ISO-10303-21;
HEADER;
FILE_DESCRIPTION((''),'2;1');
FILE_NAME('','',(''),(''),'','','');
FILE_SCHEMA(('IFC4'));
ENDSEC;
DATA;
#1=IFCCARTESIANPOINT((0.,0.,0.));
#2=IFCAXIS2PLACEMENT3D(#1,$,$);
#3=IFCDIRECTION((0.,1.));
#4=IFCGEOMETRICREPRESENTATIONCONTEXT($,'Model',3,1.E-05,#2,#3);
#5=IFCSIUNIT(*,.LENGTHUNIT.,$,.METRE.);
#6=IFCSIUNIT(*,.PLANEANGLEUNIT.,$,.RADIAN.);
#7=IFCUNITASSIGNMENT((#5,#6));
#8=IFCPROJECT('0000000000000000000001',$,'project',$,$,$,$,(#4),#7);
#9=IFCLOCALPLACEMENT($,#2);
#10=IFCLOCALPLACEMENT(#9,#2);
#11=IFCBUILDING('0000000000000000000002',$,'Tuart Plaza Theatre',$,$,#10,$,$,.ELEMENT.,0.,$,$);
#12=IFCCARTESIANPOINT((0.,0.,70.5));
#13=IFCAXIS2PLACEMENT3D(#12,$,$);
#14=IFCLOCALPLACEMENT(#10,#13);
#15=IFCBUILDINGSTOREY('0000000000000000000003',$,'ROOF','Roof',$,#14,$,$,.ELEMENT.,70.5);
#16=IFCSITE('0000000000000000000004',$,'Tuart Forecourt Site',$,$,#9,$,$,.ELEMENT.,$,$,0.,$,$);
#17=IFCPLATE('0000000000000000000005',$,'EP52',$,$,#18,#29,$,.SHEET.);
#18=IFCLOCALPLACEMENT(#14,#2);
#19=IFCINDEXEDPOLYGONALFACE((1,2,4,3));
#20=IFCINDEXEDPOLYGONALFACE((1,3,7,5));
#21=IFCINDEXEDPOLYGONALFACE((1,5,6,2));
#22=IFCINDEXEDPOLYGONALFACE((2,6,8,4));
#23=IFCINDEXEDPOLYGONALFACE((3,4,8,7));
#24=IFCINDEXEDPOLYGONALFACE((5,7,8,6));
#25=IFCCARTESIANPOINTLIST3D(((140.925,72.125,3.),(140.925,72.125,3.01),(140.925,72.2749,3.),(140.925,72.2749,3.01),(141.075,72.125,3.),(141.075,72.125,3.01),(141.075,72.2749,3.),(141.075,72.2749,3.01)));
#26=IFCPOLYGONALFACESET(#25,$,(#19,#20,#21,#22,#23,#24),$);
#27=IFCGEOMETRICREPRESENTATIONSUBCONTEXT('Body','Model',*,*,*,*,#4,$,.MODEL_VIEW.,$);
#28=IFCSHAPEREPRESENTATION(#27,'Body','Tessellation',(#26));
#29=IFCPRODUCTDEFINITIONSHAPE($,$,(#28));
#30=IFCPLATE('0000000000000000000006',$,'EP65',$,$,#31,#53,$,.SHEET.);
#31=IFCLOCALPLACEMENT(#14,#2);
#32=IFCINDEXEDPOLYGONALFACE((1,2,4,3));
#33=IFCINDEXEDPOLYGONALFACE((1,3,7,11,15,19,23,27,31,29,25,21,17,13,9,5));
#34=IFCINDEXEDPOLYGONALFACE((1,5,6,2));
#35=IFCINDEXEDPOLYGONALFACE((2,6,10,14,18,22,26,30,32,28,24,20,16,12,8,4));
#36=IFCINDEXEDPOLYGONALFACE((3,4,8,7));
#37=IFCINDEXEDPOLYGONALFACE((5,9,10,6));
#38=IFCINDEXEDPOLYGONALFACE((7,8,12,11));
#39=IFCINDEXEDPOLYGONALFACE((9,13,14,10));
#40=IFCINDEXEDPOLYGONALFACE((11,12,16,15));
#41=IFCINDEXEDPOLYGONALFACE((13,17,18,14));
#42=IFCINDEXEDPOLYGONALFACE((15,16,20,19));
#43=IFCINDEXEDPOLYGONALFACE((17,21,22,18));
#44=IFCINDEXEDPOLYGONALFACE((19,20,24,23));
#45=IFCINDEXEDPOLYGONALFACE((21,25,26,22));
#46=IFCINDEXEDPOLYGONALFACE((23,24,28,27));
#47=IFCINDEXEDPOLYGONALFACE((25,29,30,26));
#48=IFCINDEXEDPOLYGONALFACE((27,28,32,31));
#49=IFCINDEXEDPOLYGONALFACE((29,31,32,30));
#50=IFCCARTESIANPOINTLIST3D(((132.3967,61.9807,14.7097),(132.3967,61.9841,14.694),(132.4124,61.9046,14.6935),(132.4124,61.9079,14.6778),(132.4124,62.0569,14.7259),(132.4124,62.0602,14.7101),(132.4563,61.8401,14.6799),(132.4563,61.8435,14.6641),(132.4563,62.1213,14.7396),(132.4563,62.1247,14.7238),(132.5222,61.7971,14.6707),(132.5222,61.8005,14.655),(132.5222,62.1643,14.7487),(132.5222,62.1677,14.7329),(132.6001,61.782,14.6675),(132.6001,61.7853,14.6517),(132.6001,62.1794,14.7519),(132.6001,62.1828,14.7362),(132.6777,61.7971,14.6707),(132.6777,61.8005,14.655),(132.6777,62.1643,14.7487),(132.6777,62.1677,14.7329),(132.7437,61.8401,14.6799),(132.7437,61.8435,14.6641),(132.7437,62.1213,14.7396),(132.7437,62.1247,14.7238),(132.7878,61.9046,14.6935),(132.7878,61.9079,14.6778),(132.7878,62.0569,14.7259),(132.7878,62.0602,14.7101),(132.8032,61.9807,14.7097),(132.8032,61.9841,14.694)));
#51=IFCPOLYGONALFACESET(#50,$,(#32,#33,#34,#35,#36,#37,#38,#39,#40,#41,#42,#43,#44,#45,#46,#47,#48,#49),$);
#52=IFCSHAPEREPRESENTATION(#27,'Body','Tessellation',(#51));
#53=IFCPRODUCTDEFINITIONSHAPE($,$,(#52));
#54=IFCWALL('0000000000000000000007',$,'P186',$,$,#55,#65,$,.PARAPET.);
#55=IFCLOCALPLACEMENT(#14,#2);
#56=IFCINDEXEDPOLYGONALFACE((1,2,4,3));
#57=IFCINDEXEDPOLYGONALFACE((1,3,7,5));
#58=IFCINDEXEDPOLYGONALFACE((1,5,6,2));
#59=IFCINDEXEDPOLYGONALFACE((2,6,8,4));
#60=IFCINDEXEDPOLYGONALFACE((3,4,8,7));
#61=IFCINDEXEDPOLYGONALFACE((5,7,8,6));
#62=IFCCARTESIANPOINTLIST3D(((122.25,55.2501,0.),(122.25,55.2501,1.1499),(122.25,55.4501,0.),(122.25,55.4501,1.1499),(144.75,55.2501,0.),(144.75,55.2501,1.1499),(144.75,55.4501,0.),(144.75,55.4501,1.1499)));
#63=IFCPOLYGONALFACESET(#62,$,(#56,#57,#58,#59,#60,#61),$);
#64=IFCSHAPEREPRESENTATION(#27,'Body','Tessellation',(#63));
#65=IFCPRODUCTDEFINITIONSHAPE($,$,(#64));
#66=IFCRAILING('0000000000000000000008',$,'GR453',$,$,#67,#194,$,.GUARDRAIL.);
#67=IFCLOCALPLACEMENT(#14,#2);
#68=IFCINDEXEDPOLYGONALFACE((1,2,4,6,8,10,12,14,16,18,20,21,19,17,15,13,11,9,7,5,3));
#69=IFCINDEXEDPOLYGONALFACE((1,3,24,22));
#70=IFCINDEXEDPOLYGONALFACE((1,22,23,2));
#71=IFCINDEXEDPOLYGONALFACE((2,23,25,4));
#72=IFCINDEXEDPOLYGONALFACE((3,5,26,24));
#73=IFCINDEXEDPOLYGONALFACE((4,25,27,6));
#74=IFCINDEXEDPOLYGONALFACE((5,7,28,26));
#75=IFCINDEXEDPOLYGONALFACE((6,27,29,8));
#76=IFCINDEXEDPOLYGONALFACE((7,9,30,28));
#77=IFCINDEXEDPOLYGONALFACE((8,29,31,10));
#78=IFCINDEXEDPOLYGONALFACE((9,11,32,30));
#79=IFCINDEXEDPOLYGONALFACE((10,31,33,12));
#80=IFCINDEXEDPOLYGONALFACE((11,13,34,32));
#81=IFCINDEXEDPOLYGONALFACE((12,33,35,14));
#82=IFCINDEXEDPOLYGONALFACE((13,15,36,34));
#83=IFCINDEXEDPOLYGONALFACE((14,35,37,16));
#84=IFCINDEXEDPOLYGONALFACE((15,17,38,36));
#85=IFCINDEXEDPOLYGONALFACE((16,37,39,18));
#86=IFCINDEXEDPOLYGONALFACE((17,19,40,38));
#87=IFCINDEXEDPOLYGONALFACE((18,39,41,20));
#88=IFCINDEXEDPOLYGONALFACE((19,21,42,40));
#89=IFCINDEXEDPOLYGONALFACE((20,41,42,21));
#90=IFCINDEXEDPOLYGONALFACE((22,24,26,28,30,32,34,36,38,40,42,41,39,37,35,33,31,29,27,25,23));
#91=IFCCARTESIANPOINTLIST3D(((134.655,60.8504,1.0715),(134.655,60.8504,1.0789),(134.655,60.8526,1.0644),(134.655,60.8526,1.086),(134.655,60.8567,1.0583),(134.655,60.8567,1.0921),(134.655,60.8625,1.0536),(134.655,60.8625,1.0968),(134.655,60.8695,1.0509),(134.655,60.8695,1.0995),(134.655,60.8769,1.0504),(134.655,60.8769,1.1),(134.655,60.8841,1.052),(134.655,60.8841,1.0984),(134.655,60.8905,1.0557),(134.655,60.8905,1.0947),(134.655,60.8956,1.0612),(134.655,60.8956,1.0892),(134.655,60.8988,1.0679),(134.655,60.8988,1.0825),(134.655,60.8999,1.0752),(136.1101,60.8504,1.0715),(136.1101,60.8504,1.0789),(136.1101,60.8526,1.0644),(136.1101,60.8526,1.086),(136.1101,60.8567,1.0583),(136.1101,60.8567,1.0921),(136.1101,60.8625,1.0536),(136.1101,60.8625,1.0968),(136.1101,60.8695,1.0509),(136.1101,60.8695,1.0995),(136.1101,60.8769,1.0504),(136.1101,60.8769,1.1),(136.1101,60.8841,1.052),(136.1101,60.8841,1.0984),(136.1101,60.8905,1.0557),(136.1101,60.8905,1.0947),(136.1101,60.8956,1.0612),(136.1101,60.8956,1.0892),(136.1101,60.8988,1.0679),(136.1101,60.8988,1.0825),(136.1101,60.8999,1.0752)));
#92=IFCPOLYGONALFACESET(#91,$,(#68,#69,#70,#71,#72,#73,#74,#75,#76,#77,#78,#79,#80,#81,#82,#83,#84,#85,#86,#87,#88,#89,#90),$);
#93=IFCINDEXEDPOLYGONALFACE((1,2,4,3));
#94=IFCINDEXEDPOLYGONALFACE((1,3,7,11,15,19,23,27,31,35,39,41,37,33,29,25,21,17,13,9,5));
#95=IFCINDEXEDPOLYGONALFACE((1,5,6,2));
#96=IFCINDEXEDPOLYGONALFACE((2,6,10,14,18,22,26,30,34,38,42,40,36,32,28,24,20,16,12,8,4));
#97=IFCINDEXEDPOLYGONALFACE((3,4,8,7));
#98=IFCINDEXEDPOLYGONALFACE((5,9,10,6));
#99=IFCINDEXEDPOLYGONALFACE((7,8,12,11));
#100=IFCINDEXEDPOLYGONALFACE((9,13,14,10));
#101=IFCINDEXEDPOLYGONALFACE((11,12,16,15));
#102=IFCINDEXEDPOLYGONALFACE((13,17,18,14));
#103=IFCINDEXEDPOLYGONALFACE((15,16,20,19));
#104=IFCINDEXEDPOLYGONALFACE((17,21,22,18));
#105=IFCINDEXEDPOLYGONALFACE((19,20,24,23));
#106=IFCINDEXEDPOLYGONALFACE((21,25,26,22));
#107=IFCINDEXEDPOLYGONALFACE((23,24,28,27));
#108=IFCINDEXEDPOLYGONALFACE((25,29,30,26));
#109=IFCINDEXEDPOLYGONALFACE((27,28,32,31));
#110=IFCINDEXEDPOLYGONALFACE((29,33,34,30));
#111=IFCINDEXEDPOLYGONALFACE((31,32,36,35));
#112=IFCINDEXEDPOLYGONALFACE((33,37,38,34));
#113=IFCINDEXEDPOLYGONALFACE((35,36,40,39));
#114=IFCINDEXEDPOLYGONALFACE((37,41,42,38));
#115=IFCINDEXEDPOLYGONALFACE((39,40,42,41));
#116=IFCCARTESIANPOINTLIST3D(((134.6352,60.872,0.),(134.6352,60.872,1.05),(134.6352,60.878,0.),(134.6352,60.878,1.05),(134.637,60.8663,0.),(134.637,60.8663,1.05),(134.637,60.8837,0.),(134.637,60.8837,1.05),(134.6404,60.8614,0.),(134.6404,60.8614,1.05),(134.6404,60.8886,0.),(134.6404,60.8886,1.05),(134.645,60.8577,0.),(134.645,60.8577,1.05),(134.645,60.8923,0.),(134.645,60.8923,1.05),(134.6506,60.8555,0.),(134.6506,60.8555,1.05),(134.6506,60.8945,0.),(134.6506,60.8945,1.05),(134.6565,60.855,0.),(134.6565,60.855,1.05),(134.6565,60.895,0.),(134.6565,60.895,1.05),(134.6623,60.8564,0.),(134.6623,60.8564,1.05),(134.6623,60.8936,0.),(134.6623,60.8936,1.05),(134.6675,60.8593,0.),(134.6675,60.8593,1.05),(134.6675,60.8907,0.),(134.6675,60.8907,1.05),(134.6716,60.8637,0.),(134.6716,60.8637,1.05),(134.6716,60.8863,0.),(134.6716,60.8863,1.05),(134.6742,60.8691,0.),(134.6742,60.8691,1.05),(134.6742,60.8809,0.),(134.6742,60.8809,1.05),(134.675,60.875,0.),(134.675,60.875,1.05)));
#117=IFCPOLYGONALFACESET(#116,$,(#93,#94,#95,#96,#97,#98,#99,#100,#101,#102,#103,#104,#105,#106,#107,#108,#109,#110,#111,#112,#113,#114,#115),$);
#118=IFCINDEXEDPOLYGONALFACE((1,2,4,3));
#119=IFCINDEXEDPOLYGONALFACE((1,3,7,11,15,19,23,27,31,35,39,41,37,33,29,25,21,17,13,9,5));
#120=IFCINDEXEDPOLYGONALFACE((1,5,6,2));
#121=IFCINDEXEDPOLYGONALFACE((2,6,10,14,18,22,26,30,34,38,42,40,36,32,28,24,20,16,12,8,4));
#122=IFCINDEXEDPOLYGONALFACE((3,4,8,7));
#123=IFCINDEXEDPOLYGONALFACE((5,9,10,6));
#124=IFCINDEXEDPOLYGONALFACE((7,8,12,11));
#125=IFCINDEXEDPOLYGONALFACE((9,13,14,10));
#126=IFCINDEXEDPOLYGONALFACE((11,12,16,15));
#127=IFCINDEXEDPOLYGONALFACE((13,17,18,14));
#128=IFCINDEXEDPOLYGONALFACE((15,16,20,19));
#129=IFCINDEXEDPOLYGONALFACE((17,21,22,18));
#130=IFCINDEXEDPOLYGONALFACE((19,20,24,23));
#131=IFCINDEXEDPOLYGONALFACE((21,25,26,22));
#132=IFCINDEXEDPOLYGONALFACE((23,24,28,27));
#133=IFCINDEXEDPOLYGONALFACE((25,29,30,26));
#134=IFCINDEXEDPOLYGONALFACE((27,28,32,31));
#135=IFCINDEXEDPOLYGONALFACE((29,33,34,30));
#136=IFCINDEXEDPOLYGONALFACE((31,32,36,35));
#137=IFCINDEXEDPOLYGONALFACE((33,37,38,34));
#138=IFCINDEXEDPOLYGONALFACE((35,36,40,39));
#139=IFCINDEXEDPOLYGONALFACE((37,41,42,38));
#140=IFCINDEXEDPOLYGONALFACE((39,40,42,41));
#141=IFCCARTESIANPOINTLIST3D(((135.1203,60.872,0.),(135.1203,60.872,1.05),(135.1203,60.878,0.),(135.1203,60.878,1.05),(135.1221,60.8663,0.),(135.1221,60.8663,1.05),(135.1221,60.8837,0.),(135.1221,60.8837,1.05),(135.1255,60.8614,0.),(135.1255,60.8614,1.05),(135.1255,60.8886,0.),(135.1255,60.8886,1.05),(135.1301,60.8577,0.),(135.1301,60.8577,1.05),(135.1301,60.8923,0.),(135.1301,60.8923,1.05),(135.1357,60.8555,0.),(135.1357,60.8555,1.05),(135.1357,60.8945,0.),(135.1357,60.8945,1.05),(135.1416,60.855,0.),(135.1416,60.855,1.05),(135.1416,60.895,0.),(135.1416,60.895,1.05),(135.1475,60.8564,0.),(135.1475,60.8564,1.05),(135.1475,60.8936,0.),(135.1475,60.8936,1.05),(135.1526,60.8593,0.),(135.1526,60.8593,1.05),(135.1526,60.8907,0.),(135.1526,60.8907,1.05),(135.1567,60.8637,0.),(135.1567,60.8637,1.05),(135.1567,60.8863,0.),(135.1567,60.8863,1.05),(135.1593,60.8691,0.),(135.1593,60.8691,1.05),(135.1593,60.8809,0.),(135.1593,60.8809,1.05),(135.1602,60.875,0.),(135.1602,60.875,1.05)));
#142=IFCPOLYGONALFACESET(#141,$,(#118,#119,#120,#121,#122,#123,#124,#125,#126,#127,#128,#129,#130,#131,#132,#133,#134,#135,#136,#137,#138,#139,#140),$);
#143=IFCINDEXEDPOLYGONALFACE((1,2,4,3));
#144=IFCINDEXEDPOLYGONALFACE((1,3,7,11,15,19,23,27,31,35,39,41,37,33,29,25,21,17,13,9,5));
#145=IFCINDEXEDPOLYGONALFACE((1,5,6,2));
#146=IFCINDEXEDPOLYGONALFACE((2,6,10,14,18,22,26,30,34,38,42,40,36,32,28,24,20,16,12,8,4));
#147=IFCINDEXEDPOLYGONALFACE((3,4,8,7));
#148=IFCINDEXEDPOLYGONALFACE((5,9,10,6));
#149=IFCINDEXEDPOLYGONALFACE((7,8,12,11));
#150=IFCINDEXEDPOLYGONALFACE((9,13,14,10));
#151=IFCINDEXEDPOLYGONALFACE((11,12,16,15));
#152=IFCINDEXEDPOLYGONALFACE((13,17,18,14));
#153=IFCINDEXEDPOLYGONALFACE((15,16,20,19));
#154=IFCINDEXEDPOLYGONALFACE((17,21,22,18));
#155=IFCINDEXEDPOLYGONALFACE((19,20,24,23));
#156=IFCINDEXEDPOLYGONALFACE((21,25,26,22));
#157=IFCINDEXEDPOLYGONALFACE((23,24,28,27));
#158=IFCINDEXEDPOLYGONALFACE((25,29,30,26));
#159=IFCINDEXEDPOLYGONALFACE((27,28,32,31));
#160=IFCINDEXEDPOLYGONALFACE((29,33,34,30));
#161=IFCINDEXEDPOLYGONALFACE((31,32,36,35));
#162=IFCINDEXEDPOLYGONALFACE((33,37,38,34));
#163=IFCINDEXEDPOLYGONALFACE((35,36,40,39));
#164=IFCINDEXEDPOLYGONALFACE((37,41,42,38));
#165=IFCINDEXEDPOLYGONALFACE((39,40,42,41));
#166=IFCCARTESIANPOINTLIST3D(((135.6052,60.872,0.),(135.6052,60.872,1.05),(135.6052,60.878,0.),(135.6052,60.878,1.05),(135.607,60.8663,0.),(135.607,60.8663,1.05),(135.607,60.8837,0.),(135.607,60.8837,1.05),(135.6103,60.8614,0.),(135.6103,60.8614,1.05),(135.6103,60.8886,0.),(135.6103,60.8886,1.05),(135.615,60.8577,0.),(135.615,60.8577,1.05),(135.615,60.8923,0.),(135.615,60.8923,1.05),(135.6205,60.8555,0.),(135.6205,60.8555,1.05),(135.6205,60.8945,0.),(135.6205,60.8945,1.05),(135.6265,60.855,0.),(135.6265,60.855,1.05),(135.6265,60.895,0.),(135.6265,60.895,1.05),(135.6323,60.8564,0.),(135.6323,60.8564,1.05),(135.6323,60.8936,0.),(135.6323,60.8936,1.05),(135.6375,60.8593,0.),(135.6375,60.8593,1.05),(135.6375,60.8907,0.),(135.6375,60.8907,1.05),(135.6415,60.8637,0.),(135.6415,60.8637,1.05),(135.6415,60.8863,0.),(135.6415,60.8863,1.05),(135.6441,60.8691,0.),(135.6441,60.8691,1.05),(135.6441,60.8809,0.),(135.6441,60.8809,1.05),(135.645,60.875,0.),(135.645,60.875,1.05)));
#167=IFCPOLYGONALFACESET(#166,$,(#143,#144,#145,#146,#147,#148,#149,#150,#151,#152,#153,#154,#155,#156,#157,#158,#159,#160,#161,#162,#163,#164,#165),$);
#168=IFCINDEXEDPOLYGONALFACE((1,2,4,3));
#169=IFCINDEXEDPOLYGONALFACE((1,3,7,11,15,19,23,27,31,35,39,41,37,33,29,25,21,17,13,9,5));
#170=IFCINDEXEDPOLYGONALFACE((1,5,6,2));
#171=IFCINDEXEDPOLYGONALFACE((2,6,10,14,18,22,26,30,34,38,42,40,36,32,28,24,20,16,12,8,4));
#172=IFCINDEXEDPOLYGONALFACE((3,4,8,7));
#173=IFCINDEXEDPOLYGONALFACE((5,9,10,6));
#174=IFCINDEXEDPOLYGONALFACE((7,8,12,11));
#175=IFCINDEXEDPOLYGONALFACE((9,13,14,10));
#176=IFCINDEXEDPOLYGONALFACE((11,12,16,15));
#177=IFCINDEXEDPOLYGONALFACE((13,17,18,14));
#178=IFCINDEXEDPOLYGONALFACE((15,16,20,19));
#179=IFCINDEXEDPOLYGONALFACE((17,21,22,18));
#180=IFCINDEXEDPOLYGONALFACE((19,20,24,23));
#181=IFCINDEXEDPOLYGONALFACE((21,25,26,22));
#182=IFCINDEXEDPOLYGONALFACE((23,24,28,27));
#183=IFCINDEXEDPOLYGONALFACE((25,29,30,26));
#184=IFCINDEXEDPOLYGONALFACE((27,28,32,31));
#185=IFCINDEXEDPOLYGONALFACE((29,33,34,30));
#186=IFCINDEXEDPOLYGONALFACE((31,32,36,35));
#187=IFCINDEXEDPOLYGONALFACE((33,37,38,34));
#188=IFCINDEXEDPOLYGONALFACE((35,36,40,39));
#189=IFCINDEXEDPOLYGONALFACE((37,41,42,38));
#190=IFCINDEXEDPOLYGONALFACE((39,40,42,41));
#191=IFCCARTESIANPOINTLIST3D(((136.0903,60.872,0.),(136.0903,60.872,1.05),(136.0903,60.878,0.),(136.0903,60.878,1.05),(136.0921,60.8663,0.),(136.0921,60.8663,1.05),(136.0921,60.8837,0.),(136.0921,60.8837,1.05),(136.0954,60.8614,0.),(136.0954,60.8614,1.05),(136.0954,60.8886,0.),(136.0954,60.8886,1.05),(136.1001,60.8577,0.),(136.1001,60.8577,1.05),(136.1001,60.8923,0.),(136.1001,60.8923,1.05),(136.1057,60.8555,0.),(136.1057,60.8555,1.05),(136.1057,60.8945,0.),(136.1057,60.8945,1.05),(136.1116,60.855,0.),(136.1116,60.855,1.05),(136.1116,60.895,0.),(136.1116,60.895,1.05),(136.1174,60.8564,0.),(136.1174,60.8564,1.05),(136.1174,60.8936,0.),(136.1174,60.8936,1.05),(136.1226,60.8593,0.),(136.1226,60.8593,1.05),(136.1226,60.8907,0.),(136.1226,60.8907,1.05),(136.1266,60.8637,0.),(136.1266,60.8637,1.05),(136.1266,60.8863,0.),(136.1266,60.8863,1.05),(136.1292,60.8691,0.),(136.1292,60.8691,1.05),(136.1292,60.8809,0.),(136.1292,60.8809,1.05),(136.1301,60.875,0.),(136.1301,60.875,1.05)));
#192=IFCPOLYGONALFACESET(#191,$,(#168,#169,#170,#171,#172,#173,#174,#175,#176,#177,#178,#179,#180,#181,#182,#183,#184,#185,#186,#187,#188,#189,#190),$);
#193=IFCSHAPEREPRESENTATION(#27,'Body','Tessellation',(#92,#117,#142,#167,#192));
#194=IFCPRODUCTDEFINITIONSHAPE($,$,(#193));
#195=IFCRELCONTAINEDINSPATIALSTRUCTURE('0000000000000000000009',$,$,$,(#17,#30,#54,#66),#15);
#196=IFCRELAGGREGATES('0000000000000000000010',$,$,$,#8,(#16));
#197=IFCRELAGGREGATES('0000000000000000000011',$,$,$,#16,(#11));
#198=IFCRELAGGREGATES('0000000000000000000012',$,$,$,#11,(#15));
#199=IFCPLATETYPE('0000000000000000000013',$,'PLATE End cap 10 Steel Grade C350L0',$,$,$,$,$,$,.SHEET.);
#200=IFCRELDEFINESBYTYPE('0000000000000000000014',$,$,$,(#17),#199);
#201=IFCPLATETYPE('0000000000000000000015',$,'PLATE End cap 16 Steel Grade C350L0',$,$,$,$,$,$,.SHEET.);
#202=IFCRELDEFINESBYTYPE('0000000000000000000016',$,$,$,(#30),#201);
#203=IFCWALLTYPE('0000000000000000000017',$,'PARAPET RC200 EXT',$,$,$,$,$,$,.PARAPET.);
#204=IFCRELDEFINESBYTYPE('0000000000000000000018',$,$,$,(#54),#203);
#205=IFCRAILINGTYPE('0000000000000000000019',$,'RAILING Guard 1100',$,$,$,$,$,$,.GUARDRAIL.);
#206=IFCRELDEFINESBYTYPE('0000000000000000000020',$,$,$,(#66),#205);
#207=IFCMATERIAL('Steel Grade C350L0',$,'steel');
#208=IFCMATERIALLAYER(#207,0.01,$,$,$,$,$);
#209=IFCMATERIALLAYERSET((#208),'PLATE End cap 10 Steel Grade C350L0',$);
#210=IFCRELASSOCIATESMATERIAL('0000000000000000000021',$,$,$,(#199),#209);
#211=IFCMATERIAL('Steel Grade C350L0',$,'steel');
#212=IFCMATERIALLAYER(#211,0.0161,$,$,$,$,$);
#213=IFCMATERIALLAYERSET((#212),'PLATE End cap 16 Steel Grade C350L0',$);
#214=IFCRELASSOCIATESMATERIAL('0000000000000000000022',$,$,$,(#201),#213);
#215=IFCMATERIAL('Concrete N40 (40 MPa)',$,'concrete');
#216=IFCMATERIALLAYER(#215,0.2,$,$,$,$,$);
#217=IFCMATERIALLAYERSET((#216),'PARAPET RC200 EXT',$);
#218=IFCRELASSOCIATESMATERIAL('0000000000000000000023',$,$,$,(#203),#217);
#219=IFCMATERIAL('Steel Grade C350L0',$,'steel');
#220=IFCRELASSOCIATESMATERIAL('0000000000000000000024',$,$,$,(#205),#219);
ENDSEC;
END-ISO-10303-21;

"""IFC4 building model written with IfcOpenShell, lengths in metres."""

from ifc_helpers import new_model, si_unit, direction, frame, frame_2d, origin, origin_2d, place, context, subcontext, project, spatial, polyline, rectangle, circle, outline, extrude, material, layer, layer_set, type_object, element, save


model = new_model("IFC4")

# Units and contexts
model_context = context("Model", 3, precision=1e-05, world=origin(), true_north=direction((0.0, 1.0)))
body_context = subcontext(model_context, "Body", "Model", "MODEL_VIEW")
ifc_project = project(units=[si_unit("LENGTHUNIT", "METRE"), si_unit("PLANEANGLEUNIT", "RADIAN")], contexts=[model_context])

# Site, building, storey
site_placement = place(None, origin())
site = spatial("IfcSite", under=ifc_project, at=site_placement, Name="Tuart Forecourt Site", CompositionType="ELEMENT", RefElevation=0.0)
building_placement = place(site_placement, origin())
building = spatial("IfcBuilding", under=site, at=building_placement, Name="Tuart Plaza Theatre", CompositionType="ELEMENT", ElevationOfRefHeight=0.0)
storey_placement = place(building_placement, frame((0.0, 0.0, 70.5)))
storey = spatial("IfcBuildingStorey", under=building, at=storey_placement, Name="ROOF", Description="Roof", CompositionType="ELEMENT", Elevation=70.5)

# Plates
ifc_material_1 = material(Name="Steel Grade C350L0", Category="steel")
ifc_layer_1 = layer(ifc_material_1, 0.01)
ifc_layer_set_1 = layer_set([ifc_layer_1], Name="PLATE End cap 10 Steel Grade C350L0")
plate_type_1 = type_object("IfcPlateType", Name="PLATE End cap 10 Steel Grade C350L0", PredefinedType="SHEET", material=ifc_layer_set_1)
plate_1_placement = place(storey_placement, frame((140.925, 72.125, 3.01), z_axis=(0.0, 0.0, 1.0), x_axis=(1.0, 0.0, 0.0)))
element("IfcPlate", 1, at=plate_1_placement, inside=storey, type_object=plate_type_1, Name="EP52", PredefinedType="SHEET", context=body_context, shape_type="SweptSolid", body=[
    extrude(outline(polyline([(0.0, 0.0), (0.1499, 0.0), (0.1499, 0.1499), (0.0, 0.1499), (0.0, 0.0)])), origin(), (0.0, 0.0, -1.0), 0.01),
])
ifc_material_2 = material(Name="Steel Grade C350L0", Category="steel")
ifc_layer_2 = layer(ifc_material_2, 0.0161)
ifc_layer_set_2 = layer_set([ifc_layer_2], Name="PLATE End cap 16 Steel Grade C350L0")
plate_type_2 = type_object("IfcPlateType", Name="PLATE End cap 16 Steel Grade C350L0", PredefinedType="SHEET", material=ifc_layer_set_2)
plate_2_placement = place(storey_placement, frame((132.8032, 61.9807, 14.7097), z_axis=(0.0, -0.207744, 0.978183), x_axis=(-0.193806, 0.959637, 0.203805)))
element("IfcPlate", 2, at=plate_2_placement, inside=storey, type_object=plate_type_2, Name="EP65", PredefinedType="SHEET", context=body_context, shape_type="SweptSolid", body=[
    extrude(outline(polyline([(0.0, 0.0), (0.0794, 0.0), (0.1526, 0.0306), (0.2085, 0.0867), (0.2387, 0.1599), (0.2386, 0.2393), (0.2083, 0.3125), (0.1521, 0.3684), (0.0788, 0.3988), (-0.0006, 0.3985), (-0.0738, 0.3682), (-0.1297, 0.3121), (-0.16, 0.2386), (-0.1598, 0.1595), (-0.1295, 0.0863), (-0.0734, 0.0302), (0.0, 0.0)])), origin(), (0.0, 0.0, -1.0), 0.0161),
])

# Wall
ifc_material_3 = material(Name="Concrete N40 (40 MPa)", Category="concrete")
ifc_layer_3 = layer(ifc_material_3, 0.2)
ifc_layer_set_3 = layer_set([ifc_layer_3], Name="PARAPET RC200 EXT")
wall_type = type_object("IfcWallType", Name="PARAPET RC200 EXT", PredefinedType="PARAPET", material=ifc_layer_set_3)
wall_placement = place(storey_placement, frame((144.75, 55.3501, 0.0), z_axis=(0.0, 0.0, 1.0), x_axis=(-1.0, 0.0, 0.0)))
element("IfcWall", 3, at=wall_placement, inside=storey, type_object=wall_type, Name="P186", PredefinedType="PARAPET", context=body_context, shape_type="SweptSolid", body=[
    extrude(rectangle(XDim=22.5, YDim=0.2, at=frame_2d((11.25, 0.0))), origin(), (0.0, 0.0, 1.0), 1.1499),
])

# Railing
ifc_material_4 = material(Name="Steel Grade C350L0", Category="steel")
railing_type = type_object("IfcRailingType", Name="RAILING Guard 1100", PredefinedType="GUARDRAIL", material=ifc_material_4)
railing_1_placement = place(storey_placement, frame((134.655, 60.875, 0.0)))
element("IfcRailing", 4, at=railing_1_placement, inside=storey, type_object=railing_type, Name="GR453", PredefinedType="GUARDRAIL", context=body_context, shape_type="SweptSolid", body=[
    extrude(circle(Radius=0.0249, at=origin_2d()), frame((0.0, 0.0, 1.0752), z_axis=(1.0, 0.0, 0.0), x_axis=(0.0, 1.0, 0.0)), (0.0, 0.0, 1.0), 1.4551),
    extrude(circle(Radius=0.02, at=origin_2d()), origin(), (0.0, 0.0, 1.0), 1.05),
    extrude(circle(Radius=0.02, at=origin_2d()), frame((0.4851, 0.0, 0.0)), (0.0, 0.0, 1.0), 1.05),
    extrude(circle(Radius=0.02, at=origin_2d()), frame((0.97, 0.0, 0.0)), (0.0, 0.0, 1.0), 1.05),
    extrude(circle(Radius=0.02, at=origin_2d()), frame((1.4551, 0.0, 0.0)), (0.0, 0.0, 1.0), 1.05),
])

save(model, "model.ifc")
